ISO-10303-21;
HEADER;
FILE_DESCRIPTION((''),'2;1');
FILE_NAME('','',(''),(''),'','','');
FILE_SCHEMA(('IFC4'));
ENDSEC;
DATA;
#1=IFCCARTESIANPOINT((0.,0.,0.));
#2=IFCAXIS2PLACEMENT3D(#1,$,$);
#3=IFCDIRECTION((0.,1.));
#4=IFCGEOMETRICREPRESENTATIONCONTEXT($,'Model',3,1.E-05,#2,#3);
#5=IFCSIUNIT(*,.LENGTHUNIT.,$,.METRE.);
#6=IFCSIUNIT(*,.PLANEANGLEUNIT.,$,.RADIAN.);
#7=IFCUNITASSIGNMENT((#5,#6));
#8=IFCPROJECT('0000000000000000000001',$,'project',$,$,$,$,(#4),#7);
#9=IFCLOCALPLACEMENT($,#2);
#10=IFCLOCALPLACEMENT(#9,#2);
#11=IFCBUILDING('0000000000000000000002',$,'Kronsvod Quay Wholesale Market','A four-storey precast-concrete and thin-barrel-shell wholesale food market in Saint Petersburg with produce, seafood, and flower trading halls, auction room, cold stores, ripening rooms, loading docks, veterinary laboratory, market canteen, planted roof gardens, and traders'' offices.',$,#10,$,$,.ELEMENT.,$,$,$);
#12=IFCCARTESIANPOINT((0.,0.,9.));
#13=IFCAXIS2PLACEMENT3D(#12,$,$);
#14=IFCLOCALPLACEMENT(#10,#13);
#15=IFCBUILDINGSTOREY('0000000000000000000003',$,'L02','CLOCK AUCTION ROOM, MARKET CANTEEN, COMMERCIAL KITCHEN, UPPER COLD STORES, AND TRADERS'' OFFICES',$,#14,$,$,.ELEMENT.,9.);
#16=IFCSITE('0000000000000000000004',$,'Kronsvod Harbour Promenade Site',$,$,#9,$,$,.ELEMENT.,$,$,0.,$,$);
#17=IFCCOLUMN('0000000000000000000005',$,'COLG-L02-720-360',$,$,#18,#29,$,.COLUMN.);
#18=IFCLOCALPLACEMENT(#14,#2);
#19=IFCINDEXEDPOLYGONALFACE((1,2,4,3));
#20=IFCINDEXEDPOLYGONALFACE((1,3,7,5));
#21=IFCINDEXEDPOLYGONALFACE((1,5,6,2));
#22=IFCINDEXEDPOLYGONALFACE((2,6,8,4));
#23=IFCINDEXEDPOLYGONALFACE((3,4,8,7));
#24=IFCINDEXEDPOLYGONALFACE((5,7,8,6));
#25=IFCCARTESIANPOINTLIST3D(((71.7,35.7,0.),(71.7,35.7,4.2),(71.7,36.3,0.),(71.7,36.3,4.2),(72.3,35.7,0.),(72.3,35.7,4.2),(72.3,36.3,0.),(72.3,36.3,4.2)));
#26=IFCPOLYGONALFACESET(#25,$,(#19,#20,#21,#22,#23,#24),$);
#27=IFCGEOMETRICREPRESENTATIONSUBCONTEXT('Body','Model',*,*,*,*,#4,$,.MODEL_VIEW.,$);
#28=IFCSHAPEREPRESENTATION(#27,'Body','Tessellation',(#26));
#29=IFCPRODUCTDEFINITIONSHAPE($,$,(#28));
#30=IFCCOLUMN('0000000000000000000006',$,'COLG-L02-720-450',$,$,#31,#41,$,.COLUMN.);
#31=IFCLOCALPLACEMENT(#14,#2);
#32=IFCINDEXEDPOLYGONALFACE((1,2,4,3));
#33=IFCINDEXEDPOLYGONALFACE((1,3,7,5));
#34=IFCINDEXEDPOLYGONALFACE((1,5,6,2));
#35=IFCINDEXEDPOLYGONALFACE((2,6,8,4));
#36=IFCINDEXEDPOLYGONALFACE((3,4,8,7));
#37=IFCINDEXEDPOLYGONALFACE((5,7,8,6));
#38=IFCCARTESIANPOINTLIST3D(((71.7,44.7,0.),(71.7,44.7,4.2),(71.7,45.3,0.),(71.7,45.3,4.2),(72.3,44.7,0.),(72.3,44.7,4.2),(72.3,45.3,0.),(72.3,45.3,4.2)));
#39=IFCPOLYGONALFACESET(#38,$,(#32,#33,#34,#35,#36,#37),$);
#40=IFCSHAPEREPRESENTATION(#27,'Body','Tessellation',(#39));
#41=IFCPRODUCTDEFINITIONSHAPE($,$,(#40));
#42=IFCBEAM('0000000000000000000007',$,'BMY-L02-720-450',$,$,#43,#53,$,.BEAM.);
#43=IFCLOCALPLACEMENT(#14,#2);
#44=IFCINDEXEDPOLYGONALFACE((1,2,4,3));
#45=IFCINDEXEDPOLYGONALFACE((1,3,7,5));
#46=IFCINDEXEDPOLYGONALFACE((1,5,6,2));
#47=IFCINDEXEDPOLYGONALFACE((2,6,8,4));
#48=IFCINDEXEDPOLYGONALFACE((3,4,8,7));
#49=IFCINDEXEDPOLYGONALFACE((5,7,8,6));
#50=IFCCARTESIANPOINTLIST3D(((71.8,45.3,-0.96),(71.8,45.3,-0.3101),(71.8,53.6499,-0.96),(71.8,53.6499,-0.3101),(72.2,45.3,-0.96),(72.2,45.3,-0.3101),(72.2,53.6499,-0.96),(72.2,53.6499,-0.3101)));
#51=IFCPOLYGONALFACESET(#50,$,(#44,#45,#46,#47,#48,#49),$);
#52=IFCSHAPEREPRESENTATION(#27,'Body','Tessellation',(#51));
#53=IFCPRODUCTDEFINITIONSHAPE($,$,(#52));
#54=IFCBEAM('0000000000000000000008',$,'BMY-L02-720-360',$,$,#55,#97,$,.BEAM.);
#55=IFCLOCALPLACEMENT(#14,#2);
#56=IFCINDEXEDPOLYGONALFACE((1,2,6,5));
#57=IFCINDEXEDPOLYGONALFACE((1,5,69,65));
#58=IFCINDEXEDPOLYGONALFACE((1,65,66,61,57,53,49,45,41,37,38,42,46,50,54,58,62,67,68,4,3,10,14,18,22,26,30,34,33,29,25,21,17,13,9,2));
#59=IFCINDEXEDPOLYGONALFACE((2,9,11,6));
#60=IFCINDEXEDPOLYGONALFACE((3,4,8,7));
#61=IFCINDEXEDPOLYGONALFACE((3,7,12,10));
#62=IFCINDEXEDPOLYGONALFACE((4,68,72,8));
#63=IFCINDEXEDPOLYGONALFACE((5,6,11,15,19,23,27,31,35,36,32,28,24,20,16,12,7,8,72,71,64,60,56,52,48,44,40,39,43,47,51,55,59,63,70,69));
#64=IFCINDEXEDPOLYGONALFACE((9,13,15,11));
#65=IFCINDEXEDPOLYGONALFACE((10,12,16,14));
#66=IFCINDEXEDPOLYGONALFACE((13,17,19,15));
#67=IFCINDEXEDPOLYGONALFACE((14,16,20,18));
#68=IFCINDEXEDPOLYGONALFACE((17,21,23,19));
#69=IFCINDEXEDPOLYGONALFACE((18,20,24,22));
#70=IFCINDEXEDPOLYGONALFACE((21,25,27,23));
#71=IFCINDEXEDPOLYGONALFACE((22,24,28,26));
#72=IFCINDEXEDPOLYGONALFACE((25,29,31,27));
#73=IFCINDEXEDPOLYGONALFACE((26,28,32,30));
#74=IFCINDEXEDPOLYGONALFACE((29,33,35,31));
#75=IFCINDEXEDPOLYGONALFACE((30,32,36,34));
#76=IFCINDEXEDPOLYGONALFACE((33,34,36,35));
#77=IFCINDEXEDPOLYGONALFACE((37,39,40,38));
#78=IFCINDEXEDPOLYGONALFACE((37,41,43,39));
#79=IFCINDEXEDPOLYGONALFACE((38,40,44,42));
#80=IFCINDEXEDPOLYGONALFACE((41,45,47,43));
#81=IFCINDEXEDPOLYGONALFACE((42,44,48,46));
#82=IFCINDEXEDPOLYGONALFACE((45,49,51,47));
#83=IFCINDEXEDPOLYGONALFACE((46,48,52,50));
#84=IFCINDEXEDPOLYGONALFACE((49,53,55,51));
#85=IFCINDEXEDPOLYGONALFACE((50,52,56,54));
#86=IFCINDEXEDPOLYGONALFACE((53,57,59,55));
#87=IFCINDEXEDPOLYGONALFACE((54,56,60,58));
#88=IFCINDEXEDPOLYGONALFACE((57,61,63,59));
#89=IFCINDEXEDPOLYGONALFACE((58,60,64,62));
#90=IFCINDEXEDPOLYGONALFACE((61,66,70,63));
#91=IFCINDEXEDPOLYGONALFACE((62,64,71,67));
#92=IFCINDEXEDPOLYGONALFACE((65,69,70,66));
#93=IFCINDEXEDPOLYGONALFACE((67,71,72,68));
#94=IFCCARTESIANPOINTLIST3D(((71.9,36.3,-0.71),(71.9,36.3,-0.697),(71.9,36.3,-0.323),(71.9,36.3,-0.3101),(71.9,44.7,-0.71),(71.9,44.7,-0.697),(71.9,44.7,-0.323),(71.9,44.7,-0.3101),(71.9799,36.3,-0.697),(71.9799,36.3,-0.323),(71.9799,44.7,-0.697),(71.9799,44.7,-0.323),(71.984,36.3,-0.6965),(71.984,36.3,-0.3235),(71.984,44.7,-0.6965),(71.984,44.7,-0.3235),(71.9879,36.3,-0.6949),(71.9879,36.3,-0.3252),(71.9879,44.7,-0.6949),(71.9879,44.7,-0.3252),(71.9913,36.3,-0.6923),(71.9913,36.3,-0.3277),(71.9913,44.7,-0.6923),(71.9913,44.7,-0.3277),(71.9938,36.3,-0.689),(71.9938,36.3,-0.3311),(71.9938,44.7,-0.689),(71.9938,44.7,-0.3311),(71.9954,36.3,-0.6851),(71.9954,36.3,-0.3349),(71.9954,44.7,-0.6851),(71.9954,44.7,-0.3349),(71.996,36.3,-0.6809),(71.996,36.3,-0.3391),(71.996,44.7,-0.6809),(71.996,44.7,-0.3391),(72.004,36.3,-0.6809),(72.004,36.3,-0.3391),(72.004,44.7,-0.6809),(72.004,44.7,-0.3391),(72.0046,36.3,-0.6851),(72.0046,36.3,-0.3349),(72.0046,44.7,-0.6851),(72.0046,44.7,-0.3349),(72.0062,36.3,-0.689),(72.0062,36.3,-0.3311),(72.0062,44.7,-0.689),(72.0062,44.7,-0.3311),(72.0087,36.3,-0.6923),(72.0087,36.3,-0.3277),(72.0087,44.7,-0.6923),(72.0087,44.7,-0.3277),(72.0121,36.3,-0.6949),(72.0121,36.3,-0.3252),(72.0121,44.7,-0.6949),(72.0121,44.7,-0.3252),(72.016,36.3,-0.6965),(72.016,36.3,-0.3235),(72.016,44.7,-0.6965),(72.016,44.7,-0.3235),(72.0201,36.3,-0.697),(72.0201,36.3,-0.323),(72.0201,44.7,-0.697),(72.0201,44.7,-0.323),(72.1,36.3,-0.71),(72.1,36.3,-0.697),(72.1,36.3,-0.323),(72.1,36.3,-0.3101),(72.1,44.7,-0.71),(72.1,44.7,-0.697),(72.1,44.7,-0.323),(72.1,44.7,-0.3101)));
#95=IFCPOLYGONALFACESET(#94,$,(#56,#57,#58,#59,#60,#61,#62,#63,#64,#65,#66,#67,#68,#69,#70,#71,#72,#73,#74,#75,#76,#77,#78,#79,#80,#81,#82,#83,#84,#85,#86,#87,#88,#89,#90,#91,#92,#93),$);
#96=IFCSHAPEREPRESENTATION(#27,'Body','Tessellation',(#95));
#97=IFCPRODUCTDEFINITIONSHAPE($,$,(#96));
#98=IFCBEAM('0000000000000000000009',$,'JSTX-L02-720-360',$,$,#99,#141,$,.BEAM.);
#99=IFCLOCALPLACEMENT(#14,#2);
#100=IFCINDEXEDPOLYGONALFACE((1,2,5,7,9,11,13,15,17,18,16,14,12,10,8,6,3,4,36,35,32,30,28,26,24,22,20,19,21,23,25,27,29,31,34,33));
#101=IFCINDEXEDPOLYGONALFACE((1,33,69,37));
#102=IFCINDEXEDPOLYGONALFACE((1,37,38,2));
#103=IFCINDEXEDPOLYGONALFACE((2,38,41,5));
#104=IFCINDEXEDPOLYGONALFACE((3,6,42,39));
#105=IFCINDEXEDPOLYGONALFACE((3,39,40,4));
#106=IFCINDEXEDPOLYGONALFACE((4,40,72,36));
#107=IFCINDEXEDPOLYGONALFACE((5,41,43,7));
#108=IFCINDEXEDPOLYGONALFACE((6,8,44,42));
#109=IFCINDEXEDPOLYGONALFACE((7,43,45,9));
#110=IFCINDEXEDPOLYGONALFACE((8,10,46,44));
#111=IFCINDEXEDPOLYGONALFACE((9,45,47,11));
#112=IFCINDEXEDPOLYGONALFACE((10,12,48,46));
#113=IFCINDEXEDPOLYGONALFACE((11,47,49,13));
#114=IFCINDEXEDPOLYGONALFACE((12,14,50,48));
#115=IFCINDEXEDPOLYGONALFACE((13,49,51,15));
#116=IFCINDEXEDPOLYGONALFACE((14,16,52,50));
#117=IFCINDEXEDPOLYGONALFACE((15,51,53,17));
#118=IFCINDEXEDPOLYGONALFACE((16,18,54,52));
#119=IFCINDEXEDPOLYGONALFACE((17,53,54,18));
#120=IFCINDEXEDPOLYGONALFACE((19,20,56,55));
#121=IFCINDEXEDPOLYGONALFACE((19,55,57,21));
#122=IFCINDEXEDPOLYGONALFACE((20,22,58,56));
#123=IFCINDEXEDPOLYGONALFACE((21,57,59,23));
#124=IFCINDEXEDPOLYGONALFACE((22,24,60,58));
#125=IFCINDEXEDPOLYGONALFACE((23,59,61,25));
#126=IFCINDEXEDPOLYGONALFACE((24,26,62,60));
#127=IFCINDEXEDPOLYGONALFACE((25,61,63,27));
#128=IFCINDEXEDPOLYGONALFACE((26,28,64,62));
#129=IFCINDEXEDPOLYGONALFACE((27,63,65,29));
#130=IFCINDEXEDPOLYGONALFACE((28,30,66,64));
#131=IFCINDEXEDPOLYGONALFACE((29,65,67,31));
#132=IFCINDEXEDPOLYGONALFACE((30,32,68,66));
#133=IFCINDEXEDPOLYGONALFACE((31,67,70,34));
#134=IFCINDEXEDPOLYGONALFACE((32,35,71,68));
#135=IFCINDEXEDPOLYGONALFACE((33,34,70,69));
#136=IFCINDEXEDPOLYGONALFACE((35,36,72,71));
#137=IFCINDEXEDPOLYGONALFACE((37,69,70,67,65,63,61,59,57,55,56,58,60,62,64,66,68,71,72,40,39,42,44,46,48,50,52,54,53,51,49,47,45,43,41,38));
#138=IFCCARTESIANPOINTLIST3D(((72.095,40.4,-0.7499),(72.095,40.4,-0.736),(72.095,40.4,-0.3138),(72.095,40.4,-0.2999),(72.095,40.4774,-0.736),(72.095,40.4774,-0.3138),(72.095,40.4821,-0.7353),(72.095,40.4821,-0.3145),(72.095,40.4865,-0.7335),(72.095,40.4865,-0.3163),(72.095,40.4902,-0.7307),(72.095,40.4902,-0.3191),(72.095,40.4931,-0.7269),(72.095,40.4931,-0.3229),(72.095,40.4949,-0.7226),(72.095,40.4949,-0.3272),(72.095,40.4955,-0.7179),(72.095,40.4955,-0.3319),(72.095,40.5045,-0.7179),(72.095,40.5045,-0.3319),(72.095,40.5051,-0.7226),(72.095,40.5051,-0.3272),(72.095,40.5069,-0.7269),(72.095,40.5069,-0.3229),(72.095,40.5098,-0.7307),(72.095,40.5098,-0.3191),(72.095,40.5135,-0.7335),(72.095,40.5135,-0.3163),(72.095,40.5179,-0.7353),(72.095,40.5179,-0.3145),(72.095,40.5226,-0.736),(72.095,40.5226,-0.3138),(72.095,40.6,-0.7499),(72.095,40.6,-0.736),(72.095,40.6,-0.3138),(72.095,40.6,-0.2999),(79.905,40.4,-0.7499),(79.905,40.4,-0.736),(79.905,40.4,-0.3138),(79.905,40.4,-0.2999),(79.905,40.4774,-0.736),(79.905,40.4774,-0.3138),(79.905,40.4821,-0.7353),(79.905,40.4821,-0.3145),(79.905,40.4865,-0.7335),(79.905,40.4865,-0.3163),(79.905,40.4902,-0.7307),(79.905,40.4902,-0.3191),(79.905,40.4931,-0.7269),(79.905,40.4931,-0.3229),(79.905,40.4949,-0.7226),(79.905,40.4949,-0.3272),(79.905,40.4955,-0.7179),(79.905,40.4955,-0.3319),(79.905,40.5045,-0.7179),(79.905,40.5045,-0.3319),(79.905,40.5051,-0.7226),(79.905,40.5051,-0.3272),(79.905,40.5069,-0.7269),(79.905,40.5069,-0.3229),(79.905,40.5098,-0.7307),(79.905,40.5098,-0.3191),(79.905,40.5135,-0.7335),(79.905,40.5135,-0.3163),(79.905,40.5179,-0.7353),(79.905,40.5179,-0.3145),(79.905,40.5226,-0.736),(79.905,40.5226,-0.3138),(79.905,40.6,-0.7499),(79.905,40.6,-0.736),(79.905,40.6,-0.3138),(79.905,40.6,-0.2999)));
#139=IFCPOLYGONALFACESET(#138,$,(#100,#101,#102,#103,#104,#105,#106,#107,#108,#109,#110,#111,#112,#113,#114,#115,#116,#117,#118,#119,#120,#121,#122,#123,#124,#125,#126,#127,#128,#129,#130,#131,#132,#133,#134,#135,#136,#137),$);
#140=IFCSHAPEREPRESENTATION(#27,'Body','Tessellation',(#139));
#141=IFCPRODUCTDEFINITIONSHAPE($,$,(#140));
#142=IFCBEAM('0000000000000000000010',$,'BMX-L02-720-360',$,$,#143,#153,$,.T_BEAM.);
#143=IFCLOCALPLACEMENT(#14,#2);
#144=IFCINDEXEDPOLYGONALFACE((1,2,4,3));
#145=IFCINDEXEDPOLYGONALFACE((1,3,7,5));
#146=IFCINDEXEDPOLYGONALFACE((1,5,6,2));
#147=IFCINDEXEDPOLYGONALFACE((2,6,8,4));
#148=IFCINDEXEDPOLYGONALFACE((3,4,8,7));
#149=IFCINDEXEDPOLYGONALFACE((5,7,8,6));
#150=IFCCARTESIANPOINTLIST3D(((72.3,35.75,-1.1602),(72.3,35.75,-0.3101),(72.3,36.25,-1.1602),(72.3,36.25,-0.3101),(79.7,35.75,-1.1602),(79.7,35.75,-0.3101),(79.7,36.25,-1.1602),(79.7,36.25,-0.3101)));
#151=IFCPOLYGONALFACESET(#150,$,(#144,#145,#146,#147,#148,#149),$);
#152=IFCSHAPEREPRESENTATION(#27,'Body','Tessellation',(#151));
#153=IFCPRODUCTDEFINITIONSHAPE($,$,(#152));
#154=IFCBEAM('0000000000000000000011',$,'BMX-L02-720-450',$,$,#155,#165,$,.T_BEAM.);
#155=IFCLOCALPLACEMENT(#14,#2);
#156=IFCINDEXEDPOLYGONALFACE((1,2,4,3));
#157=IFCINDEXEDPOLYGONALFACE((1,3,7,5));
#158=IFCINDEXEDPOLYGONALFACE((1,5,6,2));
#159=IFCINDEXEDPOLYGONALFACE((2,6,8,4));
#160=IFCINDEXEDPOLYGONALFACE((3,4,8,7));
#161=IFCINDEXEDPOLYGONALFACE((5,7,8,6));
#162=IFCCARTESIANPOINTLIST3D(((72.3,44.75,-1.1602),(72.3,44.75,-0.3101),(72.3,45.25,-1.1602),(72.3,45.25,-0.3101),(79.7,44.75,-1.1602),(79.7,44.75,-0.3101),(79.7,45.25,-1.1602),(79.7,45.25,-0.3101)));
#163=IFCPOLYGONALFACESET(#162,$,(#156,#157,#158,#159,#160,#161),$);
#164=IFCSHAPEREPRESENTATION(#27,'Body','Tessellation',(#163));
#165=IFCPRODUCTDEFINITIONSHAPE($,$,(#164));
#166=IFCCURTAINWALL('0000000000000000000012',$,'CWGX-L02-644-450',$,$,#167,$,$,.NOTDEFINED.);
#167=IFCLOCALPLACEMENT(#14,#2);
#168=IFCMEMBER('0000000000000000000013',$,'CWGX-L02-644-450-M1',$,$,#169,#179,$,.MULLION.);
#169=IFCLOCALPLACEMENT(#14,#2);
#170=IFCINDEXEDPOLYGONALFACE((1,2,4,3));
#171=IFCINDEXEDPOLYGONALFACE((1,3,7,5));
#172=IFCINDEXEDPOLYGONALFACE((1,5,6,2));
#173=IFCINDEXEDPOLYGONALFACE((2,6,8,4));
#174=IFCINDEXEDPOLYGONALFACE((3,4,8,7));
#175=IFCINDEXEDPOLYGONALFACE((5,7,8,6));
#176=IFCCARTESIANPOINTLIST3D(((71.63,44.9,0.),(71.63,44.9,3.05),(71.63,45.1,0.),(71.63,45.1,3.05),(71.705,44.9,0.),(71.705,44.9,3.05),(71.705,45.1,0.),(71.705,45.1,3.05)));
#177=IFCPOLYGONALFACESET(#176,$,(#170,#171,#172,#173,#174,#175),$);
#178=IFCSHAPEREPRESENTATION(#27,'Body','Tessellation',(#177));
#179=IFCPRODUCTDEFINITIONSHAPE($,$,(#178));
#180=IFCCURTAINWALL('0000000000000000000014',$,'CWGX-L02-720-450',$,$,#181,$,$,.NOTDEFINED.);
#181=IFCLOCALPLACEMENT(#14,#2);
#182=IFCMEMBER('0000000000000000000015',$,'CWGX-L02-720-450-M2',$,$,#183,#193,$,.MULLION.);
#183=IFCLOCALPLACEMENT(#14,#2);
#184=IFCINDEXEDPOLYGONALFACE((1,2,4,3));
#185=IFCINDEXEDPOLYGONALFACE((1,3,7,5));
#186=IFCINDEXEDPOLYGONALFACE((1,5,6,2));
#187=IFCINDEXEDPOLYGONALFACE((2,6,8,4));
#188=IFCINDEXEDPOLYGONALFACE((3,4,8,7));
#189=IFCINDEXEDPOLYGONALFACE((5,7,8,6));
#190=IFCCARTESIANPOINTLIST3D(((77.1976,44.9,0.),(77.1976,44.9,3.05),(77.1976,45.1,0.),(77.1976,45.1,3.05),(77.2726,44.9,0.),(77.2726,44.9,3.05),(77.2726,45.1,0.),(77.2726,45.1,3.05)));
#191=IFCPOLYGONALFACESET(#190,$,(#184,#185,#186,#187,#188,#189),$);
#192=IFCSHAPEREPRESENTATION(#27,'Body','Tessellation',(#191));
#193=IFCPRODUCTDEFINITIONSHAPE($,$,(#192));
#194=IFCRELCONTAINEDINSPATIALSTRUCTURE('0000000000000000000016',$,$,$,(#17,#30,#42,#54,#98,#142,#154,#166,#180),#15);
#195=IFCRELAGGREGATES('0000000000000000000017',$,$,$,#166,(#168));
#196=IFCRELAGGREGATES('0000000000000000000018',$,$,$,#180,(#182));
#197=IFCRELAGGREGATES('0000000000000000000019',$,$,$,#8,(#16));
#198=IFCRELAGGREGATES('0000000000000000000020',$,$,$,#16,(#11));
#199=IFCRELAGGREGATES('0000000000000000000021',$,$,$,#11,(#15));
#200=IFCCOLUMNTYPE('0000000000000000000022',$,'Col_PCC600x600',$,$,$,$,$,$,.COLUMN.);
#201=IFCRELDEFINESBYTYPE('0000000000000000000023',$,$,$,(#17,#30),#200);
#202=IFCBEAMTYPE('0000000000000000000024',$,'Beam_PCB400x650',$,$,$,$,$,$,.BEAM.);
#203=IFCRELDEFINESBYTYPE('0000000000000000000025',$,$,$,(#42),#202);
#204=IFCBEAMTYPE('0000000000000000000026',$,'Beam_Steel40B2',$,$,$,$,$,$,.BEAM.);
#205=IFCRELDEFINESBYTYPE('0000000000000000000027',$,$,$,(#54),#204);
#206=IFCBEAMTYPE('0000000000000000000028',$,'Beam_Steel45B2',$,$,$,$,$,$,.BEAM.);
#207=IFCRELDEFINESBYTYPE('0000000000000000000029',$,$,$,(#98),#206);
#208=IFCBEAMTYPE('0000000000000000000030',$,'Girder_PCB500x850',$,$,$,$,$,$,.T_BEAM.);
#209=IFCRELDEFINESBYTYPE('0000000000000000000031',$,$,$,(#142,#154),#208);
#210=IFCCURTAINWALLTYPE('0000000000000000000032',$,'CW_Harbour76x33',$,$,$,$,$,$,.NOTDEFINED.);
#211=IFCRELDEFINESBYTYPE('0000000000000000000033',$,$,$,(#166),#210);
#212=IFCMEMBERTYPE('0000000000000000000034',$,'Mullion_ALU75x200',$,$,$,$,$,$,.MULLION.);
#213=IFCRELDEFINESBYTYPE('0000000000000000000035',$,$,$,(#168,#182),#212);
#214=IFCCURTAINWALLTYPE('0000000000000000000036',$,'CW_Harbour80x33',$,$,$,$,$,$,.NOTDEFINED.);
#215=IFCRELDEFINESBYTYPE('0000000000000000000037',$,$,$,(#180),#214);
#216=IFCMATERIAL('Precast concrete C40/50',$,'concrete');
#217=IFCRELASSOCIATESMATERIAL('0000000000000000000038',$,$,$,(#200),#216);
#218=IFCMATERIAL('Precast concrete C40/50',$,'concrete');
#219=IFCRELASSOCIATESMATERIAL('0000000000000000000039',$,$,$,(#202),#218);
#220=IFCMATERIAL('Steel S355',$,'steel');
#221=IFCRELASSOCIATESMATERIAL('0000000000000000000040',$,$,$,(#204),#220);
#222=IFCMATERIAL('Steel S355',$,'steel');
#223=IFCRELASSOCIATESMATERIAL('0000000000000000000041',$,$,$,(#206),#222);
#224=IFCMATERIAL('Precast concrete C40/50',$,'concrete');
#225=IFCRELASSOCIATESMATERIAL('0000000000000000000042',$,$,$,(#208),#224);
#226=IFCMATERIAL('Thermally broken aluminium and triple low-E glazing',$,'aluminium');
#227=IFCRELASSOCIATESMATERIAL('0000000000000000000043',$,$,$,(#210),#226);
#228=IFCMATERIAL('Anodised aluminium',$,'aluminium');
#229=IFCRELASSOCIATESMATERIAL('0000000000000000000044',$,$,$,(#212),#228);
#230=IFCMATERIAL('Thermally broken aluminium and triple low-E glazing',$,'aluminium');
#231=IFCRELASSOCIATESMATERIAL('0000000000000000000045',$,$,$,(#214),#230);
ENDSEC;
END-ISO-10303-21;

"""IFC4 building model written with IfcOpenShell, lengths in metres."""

from ifc_helpers import new_model, si_unit, direction, frame, origin, origin_2d, place, context, subcontext, project, spatial, rectangle, i_section, extrude, material, material_profile, profile_set, type_object, element, aggregate, save


model = new_model("IFC4")

# Units and contexts
model_context = context("Model", 3, precision=1e-05, world=origin(), true_north=direction((0.0, 1.0)))
body_context = subcontext(model_context, "Body", "Model", "MODEL_VIEW")
ifc_project = project(units=[si_unit("LENGTHUNIT", "METRE"), si_unit("PLANEANGLEUNIT", "RADIAN")], contexts=[model_context])

# Site, building, storey
site_placement = place(None, origin())
site = spatial("IfcSite", under=ifc_project, at=site_placement, Name="Kronsvod Harbour Promenade Site", CompositionType="ELEMENT", RefElevation=0.0)
building_placement = place(site_placement, origin())
building = spatial("IfcBuilding", under=site, at=building_placement, Name="Kronsvod Quay Wholesale Market", Description="A four-storey precast-concrete and thin-barrel-shell wholesale food market in Saint Petersburg with produce, seafood, and flower trading halls, auction room, cold stores, ripening rooms, loading docks, veterinary laboratory, market canteen, planted roof gardens, and traders' offices.", CompositionType="ELEMENT")
storey_placement = place(building_placement, frame((0.0, 0.0, 9.0)))
storey = spatial("IfcBuildingStorey", under=building, at=storey_placement, Name="L02", Description="CLOCK AUCTION ROOM, MARKET CANTEEN, COMMERCIAL KITCHEN, UPPER COLD STORES, AND TRADERS' OFFICES", CompositionType="ELEMENT", Elevation=9.0)

# Columns
ifc_material_1 = material(Name="Precast concrete C40/50", Category="concrete")
ifc_material_profile_1 = material_profile(ifc_material_1, rectangle(XDim=0.6001, YDim=0.6001, at=origin_2d()), Name="PCC600x600")
ifc_profile_set_1 = profile_set([ifc_material_profile_1], Name="Precast concrete C40/50")
column_type = type_object("IfcColumnType", Name="Col_PCC600x600", PredefinedType="COLUMN", material=ifc_profile_set_1)
for number, where, z_axis, x_axis, name in (
    (1, (72.0, 36.0, 0.0), (0.0, 0.0, 1.0), (1.0, 0.0, 0.0), "COLG-L02-720-360"),
    (2, (72.0, 45.0, 0.0), (0.0, 0.0, 1.0), (1.0, 0.0, 0.0), "COLG-L02-720-450"),
):
    element("IfcColumn", number, at=place(storey_placement, frame(where, z_axis=z_axis, x_axis=x_axis)), inside=storey, type_object=column_type, Name=name, PredefinedType="COLUMN", context=body_context, shape_type="SweptSolid", body=[
        extrude(rectangle(XDim=0.6001, YDim=0.6001, at=origin_2d()), origin(), (0.0, 0.0, 1.0), 4.2),
    ])

# Beams
ifc_material_2 = material(Name="Precast concrete C40/50", Category="concrete")
ifc_material_profile_2 = material_profile(ifc_material_2, rectangle(XDim=0.3999, YDim=0.6499, at=origin_2d()), Name="PCB400x650")
ifc_profile_set_2 = profile_set([ifc_material_profile_2], Name="Precast concrete C40/50")
beam_type_1 = type_object("IfcBeamType", Name="Beam_PCB400x650", PredefinedType="BEAM", material=ifc_profile_set_2)
beam_1_placement = place(storey_placement, frame((72.0, 45.3, -0.635), z_axis=(0.0, 1.0, 0.0), x_axis=(-1.0, 0.0, 0.0)))
element("IfcBeam", 3, at=beam_1_placement, inside=storey, type_object=beam_type_1, Name="BMY-L02-720-450", PredefinedType="BEAM", context=body_context, shape_type="SweptSolid", body=[
    extrude(rectangle(XDim=0.3999, YDim=0.6499, at=origin_2d()), origin(), (0.0, 0.0, 1.0), 8.3499),
])
ifc_material_3 = material(Name="Steel S355", Category="steel")
ifc_material_profile_3 = material_profile(ifc_material_3, i_section(OverallWidth=0.2, OverallDepth=0.3999, WebThickness=0.0081, FlangeThickness=0.0129, FilletRadius=0.0161, at=origin_2d()), Name="40B2")
ifc_profile_set_3 = profile_set([ifc_material_profile_3], Name="Steel S355")
beam_type_2 = type_object("IfcBeamType", Name="Beam_Steel40B2", PredefinedType="BEAM", material=ifc_profile_set_3)
beam_2_placement = place(storey_placement, frame((72.0, 36.3, -0.51), z_axis=(0.0, 1.0, 0.0), x_axis=(-1.0, 0.0, 0.0)))
element("IfcBeam", 4, at=beam_2_placement, inside=storey, type_object=beam_type_2, Name="BMY-L02-720-360", PredefinedType="BEAM", context=body_context, shape_type="SweptSolid", body=[
    extrude(i_section(OverallWidth=0.2, OverallDepth=0.3999, WebThickness=0.0081, FlangeThickness=0.0129, FilletRadius=0.0161, at=origin_2d()), origin(), (0.0, 0.0, 1.0), 8.3999),
])
ifc_material_4 = material(Name="Steel S355", Category="steel")
ifc_material_profile_4 = material_profile(ifc_material_4, i_section(OverallWidth=0.2, OverallDepth=0.45, WebThickness=0.009, FlangeThickness=0.0139, FilletRadius=0.0181, at=origin_2d()), Name="45B2")
ifc_profile_set_4 = profile_set([ifc_material_profile_4], Name="Steel S355")
beam_type_3 = type_object("IfcBeamType", Name="Beam_Steel45B2", PredefinedType="BEAM", material=ifc_profile_set_4)
beam_3_placement = place(storey_placement, frame((72.095, 40.5, -0.5249), z_axis=(1.0, 0.0, 0.0), x_axis=(0.0, 1.0, 0.0)))
element("IfcBeam", 5, at=beam_3_placement, inside=storey, type_object=beam_type_3, Name="JSTX-L02-720-360", PredefinedType="BEAM", context=body_context, shape_type="SweptSolid", body=[
    extrude(i_section(OverallWidth=0.2, OverallDepth=0.45, WebThickness=0.009, FlangeThickness=0.0139, FilletRadius=0.0181, at=origin_2d()), origin(), (0.0, 0.0, 1.0), 7.8101),
])
ifc_material_5 = material(Name="Precast concrete C40/50", Category="concrete")
ifc_material_profile_5 = material_profile(ifc_material_5, rectangle(XDim=0.5, YDim=0.8501, at=origin_2d()), Name="PCB500x850")
ifc_profile_set_5 = profile_set([ifc_material_profile_5], Name="Precast concrete C40/50")
beam_type_4 = type_object("IfcBeamType", Name="Girder_PCB500x850", PredefinedType="T_BEAM", material=ifc_profile_set_5)
for number, where, z_axis, x_axis, name in (
    (6, (72.3, 36.0, -0.7351), (1.0, 0.0, 0.0), (0.0, 1.0, 0.0), "BMX-L02-720-360"),
    (7, (72.3, 45.0, -0.7351), (1.0, 0.0, 0.0), (0.0, 1.0, 0.0), "BMX-L02-720-450"),
):
    element("IfcBeam", number, at=place(storey_placement, frame(where, z_axis=z_axis, x_axis=x_axis)), inside=storey, type_object=beam_type_4, Name=name, PredefinedType="T_BEAM", context=body_context, shape_type="SweptSolid", body=[
        extrude(rectangle(XDim=0.5, YDim=0.8501, at=origin_2d()), origin(), (0.0, 0.0, 1.0), 7.3999),
    ])

# Curtain wall, member
ifc_material_6 = material(Name="Thermally broken aluminium and triple low-E glazing", Category="aluminium")
curtain_wall_type_1 = type_object("IfcCurtainWallType", Name="CW_Harbour76x33", PredefinedType="NOTDEFINED", material=ifc_material_6)
curtain_wall_1_placement = place(storey_placement, origin())
curtain_wall_1 = element("IfcCurtainWall", 8, at=curtain_wall_1_placement, inside=storey, type_object=curtain_wall_type_1, Name="CWGX-L02-644-450", PredefinedType="NOTDEFINED")
ifc_material_7 = material(Name="Anodised aluminium", Category="aluminium")
ifc_material_profile_6 = material_profile(ifc_material_7, rectangle(XDim=0.075, YDim=0.2, at=origin_2d()), Name="ALUM75x200")
ifc_profile_set_6 = profile_set([ifc_material_profile_6], Name="Anodised aluminium")
member_type_1 = type_object("IfcMemberType", Name="Mullion_ALU75x200", PredefinedType="MULLION", material=ifc_profile_set_6)
member_1_placement = place(storey_placement, frame((71.6675, 45.0, 0.0), z_axis=(0.0, 0.0, 1.0), x_axis=(1.0, 0.0, 0.0)))
member_1 = element("IfcMember", 9, at=member_1_placement, type_object=member_type_1, Name="CWGX-L02-644-450-M1", PredefinedType="MULLION", context=body_context, shape_type="SweptSolid", body=[
    extrude(rectangle(XDim=0.075, YDim=0.2, at=origin_2d()), origin(), (0.0, 0.0, 1.0), 3.05),
])
aggregate(curtain_wall_1, [member_1])

# Curtain wall, member
ifc_material_8 = material(Name="Thermally broken aluminium and triple low-E glazing", Category="aluminium")
curtain_wall_type_2 = type_object("IfcCurtainWallType", Name="CW_Harbour80x33", PredefinedType="NOTDEFINED", material=ifc_material_8)
curtain_wall_2_placement = place(storey_placement, origin())
curtain_wall_2 = element("IfcCurtainWall", 10, at=curtain_wall_2_placement, inside=storey, type_object=curtain_wall_type_2, Name="CWGX-L02-720-450", PredefinedType="NOTDEFINED")
member_2_placement = place(storey_placement, frame((77.2351, 45.0, 0.0), z_axis=(0.0, 0.0, 1.0), x_axis=(1.0, 0.0, 0.0)))
member_2 = element("IfcMember", 11, at=member_2_placement, type_object=member_type_1, Name="CWGX-L02-720-450-M2", PredefinedType="MULLION", context=body_context, shape_type="SweptSolid", body=[
    extrude(rectangle(XDim=0.075, YDim=0.2, at=origin_2d()), origin(), (0.0, 0.0, 1.0), 3.05),
])
aggregate(curtain_wall_2, [member_2])

save(model, "model.ifc")
